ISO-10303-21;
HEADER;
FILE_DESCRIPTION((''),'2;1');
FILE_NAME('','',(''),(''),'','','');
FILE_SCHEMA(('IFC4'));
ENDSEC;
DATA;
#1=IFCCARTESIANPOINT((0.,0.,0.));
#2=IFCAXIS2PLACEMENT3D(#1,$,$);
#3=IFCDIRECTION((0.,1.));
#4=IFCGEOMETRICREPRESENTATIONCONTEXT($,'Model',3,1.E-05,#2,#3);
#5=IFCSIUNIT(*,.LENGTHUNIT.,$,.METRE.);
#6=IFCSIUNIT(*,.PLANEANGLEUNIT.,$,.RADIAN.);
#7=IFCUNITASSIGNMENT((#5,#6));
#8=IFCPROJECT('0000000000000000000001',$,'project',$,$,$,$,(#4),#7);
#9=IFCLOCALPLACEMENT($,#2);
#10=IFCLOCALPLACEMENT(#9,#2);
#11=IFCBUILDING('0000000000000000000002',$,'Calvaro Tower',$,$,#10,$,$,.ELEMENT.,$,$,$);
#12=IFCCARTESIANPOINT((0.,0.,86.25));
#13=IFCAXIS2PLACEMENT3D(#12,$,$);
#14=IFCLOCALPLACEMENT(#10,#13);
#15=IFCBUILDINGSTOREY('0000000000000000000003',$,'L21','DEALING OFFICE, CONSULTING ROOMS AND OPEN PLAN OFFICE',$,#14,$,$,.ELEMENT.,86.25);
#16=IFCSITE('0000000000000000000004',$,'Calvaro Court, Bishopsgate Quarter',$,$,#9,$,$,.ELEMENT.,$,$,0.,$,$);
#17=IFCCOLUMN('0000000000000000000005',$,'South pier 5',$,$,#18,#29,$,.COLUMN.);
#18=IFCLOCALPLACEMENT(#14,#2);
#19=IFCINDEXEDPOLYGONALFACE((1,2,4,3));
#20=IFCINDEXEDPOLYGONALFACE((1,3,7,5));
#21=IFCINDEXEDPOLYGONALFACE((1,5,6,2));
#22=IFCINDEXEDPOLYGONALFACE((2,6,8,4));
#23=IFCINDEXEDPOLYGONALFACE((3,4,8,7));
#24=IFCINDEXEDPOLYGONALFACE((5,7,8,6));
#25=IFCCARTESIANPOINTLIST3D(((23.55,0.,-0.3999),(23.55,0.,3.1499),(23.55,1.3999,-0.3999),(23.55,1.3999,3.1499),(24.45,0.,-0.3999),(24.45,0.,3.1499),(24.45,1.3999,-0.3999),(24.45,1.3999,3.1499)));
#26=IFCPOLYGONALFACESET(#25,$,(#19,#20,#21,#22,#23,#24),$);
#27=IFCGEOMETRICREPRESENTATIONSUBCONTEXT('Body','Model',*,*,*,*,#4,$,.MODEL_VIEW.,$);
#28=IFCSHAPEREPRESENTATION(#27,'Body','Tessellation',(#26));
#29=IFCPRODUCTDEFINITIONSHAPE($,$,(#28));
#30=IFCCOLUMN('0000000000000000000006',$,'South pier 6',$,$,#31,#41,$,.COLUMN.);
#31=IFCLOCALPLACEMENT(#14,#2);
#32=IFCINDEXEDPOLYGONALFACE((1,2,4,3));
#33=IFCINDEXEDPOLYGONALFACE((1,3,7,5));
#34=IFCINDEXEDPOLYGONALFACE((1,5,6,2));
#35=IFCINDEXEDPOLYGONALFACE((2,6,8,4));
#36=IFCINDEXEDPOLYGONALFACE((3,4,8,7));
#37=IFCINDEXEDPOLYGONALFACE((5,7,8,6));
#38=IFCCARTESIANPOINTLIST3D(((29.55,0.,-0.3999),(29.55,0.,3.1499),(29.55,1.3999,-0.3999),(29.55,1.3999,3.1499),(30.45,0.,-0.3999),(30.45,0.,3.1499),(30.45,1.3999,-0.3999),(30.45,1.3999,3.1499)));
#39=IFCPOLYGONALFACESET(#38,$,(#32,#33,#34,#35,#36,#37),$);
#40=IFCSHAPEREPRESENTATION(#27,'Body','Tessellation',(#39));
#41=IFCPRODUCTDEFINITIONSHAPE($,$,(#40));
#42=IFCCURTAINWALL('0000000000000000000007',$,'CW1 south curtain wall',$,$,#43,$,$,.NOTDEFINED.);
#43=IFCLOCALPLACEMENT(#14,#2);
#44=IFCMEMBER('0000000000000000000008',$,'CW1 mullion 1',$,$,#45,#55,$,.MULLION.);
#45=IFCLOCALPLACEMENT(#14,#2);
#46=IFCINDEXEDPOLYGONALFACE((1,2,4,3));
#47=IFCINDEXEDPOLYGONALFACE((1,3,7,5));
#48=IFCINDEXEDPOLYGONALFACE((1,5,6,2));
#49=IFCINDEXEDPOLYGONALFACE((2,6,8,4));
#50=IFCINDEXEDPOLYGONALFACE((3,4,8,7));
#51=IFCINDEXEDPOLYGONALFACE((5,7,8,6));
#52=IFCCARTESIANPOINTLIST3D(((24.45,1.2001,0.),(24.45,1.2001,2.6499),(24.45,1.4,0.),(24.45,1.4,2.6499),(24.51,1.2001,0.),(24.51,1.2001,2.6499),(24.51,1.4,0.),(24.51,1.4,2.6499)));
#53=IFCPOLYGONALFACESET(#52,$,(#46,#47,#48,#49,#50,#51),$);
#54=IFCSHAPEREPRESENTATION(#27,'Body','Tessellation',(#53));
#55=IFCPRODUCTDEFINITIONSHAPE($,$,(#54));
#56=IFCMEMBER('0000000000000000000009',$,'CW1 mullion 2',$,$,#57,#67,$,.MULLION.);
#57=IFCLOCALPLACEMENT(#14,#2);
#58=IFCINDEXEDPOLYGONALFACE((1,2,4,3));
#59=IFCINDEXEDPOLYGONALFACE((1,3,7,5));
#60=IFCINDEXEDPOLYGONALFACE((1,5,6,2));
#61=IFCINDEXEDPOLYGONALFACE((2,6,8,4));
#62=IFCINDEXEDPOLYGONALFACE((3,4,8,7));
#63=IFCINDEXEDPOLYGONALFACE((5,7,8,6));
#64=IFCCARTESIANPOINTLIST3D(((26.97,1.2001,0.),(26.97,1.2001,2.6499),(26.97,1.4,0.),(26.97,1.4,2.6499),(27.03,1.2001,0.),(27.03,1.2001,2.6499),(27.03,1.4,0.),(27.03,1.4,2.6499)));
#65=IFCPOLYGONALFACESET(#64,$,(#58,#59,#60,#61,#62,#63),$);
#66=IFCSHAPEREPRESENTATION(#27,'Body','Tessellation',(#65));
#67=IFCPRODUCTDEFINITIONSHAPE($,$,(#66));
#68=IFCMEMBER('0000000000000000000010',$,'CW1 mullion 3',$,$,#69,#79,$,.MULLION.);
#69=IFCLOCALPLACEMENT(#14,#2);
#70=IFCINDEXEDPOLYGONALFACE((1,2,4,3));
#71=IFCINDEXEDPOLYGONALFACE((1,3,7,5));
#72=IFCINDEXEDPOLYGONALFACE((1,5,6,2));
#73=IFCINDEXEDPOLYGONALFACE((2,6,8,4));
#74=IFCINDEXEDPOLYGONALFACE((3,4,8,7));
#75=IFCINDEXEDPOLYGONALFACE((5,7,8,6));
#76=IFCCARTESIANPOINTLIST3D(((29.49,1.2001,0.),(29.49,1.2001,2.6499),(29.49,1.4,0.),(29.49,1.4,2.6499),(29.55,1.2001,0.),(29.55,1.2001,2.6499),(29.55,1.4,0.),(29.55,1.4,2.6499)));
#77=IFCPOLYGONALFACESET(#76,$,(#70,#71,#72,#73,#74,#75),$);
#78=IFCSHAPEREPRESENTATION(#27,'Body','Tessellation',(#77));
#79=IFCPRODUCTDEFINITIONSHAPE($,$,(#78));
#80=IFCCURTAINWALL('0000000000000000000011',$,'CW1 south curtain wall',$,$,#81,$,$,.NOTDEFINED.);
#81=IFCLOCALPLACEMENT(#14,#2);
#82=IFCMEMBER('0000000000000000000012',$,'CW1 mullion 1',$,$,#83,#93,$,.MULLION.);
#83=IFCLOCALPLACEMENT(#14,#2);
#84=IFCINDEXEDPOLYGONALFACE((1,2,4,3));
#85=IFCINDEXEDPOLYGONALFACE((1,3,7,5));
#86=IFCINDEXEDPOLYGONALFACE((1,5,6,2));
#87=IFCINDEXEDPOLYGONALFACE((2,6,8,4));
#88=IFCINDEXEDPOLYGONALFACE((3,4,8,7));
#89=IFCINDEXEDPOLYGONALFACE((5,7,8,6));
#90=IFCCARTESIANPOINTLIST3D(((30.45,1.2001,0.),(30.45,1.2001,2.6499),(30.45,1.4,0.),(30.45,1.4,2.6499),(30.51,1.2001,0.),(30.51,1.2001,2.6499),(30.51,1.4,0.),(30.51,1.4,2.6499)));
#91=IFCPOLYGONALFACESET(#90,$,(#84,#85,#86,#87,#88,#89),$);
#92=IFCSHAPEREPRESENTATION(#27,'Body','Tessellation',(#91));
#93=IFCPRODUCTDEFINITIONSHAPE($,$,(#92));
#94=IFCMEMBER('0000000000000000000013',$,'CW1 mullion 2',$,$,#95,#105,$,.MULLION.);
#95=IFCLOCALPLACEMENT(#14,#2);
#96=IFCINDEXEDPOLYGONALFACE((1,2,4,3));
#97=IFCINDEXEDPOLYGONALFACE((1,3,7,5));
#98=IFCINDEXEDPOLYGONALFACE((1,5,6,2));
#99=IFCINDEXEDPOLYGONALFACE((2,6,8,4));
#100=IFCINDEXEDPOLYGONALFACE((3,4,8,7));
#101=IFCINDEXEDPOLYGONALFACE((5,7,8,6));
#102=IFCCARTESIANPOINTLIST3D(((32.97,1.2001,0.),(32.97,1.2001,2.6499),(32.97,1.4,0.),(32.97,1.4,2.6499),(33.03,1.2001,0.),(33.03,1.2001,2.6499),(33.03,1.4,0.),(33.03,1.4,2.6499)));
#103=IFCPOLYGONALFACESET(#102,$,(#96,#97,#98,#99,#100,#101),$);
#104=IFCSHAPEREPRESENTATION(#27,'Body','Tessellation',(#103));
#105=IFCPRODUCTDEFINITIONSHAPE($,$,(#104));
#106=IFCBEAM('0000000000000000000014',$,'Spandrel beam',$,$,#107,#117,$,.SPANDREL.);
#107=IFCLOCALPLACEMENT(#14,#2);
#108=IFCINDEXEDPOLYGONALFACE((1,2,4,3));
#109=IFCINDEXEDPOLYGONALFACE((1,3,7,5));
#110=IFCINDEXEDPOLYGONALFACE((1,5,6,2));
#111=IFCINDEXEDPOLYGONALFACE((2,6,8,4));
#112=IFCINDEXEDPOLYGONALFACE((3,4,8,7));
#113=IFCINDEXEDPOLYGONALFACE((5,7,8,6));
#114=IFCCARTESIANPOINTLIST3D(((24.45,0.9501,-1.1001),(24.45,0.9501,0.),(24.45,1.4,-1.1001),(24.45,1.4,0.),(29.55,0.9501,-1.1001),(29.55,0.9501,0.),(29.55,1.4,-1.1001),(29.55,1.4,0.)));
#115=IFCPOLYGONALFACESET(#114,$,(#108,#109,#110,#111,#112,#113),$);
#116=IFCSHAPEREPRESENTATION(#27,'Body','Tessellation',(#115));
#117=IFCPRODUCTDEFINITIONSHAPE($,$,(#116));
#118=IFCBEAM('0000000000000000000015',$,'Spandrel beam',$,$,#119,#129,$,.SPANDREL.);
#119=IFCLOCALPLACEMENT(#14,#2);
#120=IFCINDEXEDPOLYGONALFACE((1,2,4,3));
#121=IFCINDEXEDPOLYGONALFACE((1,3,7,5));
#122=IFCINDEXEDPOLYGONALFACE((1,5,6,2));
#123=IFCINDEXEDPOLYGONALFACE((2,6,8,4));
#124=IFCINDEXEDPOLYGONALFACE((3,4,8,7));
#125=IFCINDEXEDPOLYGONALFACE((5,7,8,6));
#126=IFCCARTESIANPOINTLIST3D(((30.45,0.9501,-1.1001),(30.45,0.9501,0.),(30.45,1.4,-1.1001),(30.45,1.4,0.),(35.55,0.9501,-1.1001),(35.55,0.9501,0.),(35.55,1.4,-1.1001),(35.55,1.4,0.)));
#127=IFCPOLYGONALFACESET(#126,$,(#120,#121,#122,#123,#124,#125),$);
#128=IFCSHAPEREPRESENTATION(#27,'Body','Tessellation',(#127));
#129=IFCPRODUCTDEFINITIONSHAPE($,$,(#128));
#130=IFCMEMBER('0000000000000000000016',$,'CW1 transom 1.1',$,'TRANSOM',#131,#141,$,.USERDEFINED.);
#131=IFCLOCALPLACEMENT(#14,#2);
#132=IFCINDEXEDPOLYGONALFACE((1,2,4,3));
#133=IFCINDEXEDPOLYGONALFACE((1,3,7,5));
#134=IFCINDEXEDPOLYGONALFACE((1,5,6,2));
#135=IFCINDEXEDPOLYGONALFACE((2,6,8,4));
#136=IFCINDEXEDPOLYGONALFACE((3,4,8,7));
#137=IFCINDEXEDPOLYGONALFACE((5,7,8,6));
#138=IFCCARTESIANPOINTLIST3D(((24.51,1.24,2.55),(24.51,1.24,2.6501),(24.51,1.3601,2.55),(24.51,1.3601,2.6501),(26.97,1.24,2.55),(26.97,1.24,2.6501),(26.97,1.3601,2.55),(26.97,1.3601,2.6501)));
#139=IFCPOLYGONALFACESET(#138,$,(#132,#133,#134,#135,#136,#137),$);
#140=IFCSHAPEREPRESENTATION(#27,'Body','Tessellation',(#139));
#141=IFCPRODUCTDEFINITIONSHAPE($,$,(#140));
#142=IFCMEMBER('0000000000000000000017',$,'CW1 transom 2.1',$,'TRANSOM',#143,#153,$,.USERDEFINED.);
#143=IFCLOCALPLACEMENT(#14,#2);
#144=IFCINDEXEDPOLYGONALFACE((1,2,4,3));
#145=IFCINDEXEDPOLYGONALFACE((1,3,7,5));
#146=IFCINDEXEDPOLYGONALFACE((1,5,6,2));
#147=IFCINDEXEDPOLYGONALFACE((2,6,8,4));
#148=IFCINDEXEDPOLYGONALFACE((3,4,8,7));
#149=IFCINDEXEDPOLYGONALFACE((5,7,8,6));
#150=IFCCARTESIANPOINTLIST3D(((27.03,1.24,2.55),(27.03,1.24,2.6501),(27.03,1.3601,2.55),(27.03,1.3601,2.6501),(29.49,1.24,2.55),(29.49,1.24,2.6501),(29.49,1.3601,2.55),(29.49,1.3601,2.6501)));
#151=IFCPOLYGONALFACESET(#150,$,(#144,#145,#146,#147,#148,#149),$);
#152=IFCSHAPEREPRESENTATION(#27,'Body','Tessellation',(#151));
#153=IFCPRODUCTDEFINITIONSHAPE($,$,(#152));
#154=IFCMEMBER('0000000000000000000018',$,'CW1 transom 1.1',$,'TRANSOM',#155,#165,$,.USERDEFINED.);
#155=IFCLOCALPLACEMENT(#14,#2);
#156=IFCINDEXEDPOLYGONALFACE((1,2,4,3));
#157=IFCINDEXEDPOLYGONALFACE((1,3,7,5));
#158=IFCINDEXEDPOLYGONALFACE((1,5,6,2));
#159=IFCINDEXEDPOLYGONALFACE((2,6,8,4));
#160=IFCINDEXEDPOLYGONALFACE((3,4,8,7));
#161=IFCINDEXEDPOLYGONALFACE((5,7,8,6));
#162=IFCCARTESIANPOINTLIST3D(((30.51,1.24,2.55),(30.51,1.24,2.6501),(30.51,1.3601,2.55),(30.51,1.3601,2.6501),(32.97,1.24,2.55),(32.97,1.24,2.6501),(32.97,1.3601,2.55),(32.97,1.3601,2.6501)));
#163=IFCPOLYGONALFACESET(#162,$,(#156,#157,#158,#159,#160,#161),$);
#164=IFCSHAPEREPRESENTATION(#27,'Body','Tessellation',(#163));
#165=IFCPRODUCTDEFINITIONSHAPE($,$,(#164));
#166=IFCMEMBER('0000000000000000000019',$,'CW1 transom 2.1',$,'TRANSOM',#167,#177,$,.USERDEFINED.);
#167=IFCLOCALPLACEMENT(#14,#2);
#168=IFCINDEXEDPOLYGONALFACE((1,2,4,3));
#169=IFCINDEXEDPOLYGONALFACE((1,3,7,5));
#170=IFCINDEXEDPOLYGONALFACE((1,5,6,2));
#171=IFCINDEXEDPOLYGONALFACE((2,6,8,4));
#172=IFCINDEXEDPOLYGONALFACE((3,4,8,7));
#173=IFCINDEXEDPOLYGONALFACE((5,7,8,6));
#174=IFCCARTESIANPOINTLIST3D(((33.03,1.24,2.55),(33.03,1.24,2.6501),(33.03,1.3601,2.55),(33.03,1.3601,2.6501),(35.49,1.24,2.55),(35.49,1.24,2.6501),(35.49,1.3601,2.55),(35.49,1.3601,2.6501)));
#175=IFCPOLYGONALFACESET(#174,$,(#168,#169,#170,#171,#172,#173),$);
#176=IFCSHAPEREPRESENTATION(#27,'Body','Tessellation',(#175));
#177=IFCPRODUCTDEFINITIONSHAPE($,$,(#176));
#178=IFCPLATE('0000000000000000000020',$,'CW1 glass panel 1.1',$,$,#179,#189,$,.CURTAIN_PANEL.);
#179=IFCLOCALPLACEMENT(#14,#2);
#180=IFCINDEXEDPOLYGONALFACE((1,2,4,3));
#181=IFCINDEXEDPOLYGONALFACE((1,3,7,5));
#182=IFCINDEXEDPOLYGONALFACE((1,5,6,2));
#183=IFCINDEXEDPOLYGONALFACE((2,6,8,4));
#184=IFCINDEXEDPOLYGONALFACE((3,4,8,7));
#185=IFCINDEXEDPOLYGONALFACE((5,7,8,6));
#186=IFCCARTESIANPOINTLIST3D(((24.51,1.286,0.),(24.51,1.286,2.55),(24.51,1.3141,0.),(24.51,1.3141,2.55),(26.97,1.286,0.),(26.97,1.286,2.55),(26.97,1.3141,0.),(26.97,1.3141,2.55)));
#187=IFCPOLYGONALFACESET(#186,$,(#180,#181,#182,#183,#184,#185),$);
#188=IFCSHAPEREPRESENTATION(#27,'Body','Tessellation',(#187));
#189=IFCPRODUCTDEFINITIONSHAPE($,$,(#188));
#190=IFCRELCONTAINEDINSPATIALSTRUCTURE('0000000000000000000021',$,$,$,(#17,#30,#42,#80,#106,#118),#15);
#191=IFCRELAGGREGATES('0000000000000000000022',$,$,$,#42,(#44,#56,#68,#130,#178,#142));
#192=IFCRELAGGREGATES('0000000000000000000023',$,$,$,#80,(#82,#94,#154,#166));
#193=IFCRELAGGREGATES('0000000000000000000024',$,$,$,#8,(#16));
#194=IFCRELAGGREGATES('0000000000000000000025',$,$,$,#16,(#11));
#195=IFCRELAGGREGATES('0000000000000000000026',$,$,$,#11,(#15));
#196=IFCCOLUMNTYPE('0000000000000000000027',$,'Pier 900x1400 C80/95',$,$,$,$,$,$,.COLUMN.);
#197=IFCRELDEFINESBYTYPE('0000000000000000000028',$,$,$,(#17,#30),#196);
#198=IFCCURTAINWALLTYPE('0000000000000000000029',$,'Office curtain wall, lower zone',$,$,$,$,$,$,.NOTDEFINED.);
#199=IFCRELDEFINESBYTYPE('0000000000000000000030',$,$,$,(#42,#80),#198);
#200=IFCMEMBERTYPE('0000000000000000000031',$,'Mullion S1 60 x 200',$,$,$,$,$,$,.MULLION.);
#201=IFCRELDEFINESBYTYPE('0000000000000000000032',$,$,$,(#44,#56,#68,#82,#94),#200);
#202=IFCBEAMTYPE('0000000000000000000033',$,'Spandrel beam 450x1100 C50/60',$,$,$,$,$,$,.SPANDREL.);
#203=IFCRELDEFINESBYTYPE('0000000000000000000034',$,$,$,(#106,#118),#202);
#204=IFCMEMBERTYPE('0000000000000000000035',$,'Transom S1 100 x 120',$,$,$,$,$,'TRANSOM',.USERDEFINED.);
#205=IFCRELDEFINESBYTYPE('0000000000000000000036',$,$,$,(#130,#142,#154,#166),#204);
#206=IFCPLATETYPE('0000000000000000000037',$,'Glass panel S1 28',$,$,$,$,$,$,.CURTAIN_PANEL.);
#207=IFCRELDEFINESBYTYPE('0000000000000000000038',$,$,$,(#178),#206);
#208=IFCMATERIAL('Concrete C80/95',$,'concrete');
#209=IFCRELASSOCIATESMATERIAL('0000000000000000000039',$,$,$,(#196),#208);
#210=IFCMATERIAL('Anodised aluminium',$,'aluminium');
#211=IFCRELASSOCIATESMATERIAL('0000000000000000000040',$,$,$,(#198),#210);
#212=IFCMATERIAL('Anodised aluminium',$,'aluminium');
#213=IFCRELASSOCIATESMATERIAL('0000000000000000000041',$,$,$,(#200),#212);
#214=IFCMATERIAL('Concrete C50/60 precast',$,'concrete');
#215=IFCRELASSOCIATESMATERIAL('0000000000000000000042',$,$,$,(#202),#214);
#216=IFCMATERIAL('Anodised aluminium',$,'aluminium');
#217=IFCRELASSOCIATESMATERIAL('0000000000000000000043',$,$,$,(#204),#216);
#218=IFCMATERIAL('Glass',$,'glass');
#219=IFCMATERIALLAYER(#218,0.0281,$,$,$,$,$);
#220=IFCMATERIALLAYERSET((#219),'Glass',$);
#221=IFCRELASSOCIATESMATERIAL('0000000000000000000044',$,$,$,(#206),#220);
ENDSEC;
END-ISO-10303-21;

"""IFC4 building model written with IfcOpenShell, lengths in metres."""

from ifc_helpers import new_model, si_unit, direction, frame, origin, origin_2d, place, context, subcontext, project, spatial, rectangle, extrude, material, layer, layer_set, material_profile, profile_set, type_object, element, aggregate, save


model = new_model("IFC4")

# Units and contexts
model_context = context("Model", 3, precision=1e-05, world=origin(), true_north=direction((0.0, 1.0)))
body_context = subcontext(model_context, "Body", "Model", "MODEL_VIEW")
ifc_project = project(units=[si_unit("LENGTHUNIT", "METRE"), si_unit("PLANEANGLEUNIT", "RADIAN")], contexts=[model_context])

# Site, building, storey
site_placement = place(None, origin())
site = spatial("IfcSite", under=ifc_project, at=site_placement, Name="Calvaro Court, Bishopsgate Quarter", CompositionType="ELEMENT", RefElevation=0.0)
building_placement = place(site_placement, origin())
building = spatial("IfcBuilding", under=site, at=building_placement, Name="Calvaro Tower", CompositionType="ELEMENT")
storey_placement = place(building_placement, frame((0.0, 0.0, 86.25)))
storey = spatial("IfcBuildingStorey", under=building, at=storey_placement, Name="L21", Description="DEALING OFFICE, CONSULTING ROOMS AND OPEN PLAN OFFICE", CompositionType="ELEMENT", Elevation=86.25)

# Columns
ifc_material_1 = material(Name="Concrete C80/95", Category="concrete")
ifc_material_profile_1 = material_profile(ifc_material_1, rectangle(XDim=0.8999, YDim=1.3999, at=origin_2d()), Name="RC 900x1400")
ifc_profile_set_1 = profile_set([ifc_material_profile_1], Name="Concrete C80/95")
column_type = type_object("IfcColumnType", Name="Pier 900x1400 C80/95", PredefinedType="COLUMN", material=ifc_profile_set_1)
for number, where, z_axis, x_axis, name in (
    (1, (24.0, 0.7, -0.3999), (0.0, 0.0, 1.0), (1.0, 0.0, 0.0), "South pier 5"),
    (2, (30.0, 0.7, -0.3999), (0.0, 0.0, 1.0), (1.0, 0.0, 0.0), "South pier 6"),
):
    element("IfcColumn", number, at=place(storey_placement, frame(where, z_axis=z_axis, x_axis=x_axis)), inside=storey, type_object=column_type, Name=name, PredefinedType="COLUMN", context=body_context, shape_type="SweptSolid", body=[
        extrude(rectangle(XDim=0.8999, YDim=1.3999, at=origin_2d()), origin(), (0.0, 0.0, 1.0), 3.5498),
    ])

# Curtain walls, members
ifc_material_2 = material(Name="Anodised aluminium", Category="aluminium")
curtain_wall_type = type_object("IfcCurtainWallType", Name="Office curtain wall, lower zone", PredefinedType="NOTDEFINED", material=ifc_material_2)
curtain_wall_1_placement = place(storey_placement, origin())
curtain_wall_1 = element("IfcCurtainWall", 3, at=curtain_wall_1_placement, inside=storey, type_object=curtain_wall_type, Name="CW1 south curtain wall", PredefinedType="NOTDEFINED")
ifc_material_3 = material(Name="Anodised aluminium", Category="aluminium")
ifc_material_profile_2 = material_profile(ifc_material_3, rectangle(XDim=0.2, YDim=0.0601, at=origin_2d()), Name="Mullion S1 60 x 200")
ifc_profile_set_2 = profile_set([ifc_material_profile_2], Name="Anodised aluminium")
member_type_1 = type_object("IfcMemberType", Name="Mullion S1 60 x 200", PredefinedType="MULLION", material=ifc_profile_set_2)
member_1_placement = place(storey_placement, frame((24.48, 1.3, 0.0), z_axis=(0.0, 0.0, 1.0), x_axis=(0.0, 1.0, 0.0)))
member_1 = element("IfcMember", 4, at=member_1_placement, type_object=member_type_1, Name="CW1 mullion 1", PredefinedType="MULLION", context=body_context, shape_type="SweptSolid", body=[
    extrude(rectangle(XDim=0.2, YDim=0.0601, at=origin_2d()), origin(), (0.0, 0.0, 1.0), 2.6499),
])
member_2_placement = place(storey_placement, frame((27.0, 1.3, 0.0), z_axis=(0.0, 0.0, 1.0), x_axis=(0.0, 1.0, 0.0)))
member_2 = element("IfcMember", 5, at=member_2_placement, type_object=member_type_1, Name="CW1 mullion 2", PredefinedType="MULLION", context=body_context, shape_type="SweptSolid", body=[
    extrude(rectangle(XDim=0.2, YDim=0.0601, at=origin_2d()), origin(), (0.0, 0.0, 1.0), 2.6499),
])
member_3_placement = place(storey_placement, frame((29.52, 1.3, 0.0), z_axis=(0.0, 0.0, 1.0), x_axis=(0.0, 1.0, 0.0)))
member_3 = element("IfcMember", 6, at=member_3_placement, type_object=member_type_1, Name="CW1 mullion 3", PredefinedType="MULLION", context=body_context, shape_type="SweptSolid", body=[
    extrude(rectangle(XDim=0.2, YDim=0.0601, at=origin_2d()), origin(), (0.0, 0.0, 1.0), 2.6499),
])
curtain_wall_2_placement = place(storey_placement, origin())
curtain_wall_2 = element("IfcCurtainWall", 7, at=curtain_wall_2_placement, inside=storey, type_object=curtain_wall_type, Name="CW1 south curtain wall", PredefinedType="NOTDEFINED")
member_4_placement = place(storey_placement, frame((30.48, 1.3, 0.0), z_axis=(0.0, 0.0, 1.0), x_axis=(0.0, 1.0, 0.0)))
member_4 = element("IfcMember", 8, at=member_4_placement, type_object=member_type_1, Name="CW1 mullion 1", PredefinedType="MULLION", context=body_context, shape_type="SweptSolid", body=[
    extrude(rectangle(XDim=0.2, YDim=0.0601, at=origin_2d()), origin(), (0.0, 0.0, 1.0), 2.6499),
])
member_5_placement = place(storey_placement, frame((33.0, 1.3, 0.0), z_axis=(0.0, 0.0, 1.0), x_axis=(0.0, 1.0, 0.0)))
member_5 = element("IfcMember", 9, at=member_5_placement, type_object=member_type_1, Name="CW1 mullion 2", PredefinedType="MULLION", context=body_context, shape_type="SweptSolid", body=[
    extrude(rectangle(XDim=0.2, YDim=0.0601, at=origin_2d()), origin(), (0.0, 0.0, 1.0), 2.6499),
])

# Beams
ifc_material_4 = material(Name="Concrete C50/60 precast", Category="concrete")
ifc_material_profile_3 = material_profile(ifc_material_4, rectangle(XDim=0.45, YDim=1.1001, at=origin_2d()), Name="RC 450x1100")
ifc_profile_set_3 = profile_set([ifc_material_profile_3], Name="Concrete C50/60 precast")
beam_type = type_object("IfcBeamType", Name="Spandrel beam 450x1100 C50/60", PredefinedType="SPANDREL", material=ifc_profile_set_3)
for number, where, z_axis, x_axis, name in (
    (10, (24.45, 1.175, -0.55), (1.0, 0.0, 0.0), (0.0, 1.0, 0.0), "Spandrel beam"),
    (11, (30.45, 1.175, -0.55), (1.0, 0.0, 0.0), (0.0, 1.0, 0.0), "Spandrel beam"),
):
    element("IfcBeam", number, at=place(storey_placement, frame(where, z_axis=z_axis, x_axis=x_axis)), inside=storey, type_object=beam_type, Name=name, PredefinedType="SPANDREL", context=body_context, shape_type="SweptSolid", body=[
        extrude(rectangle(XDim=0.45, YDim=1.1001, at=origin_2d()), origin(), (0.0, 0.0, 1.0), 5.1001),
    ])

# Members
ifc_material_5 = material(Name="Anodised aluminium", Category="aluminium")
ifc_material_profile_4 = material_profile(ifc_material_5, rectangle(XDim=0.1201, YDim=0.1001, at=origin_2d()), Name="Transom S1 100 x 120")
ifc_profile_set_4 = profile_set([ifc_material_profile_4], Name="Anodised aluminium")
member_type_2 = type_object("IfcMemberType", Name="Transom S1 100 x 120", ElementType="TRANSOM", PredefinedType="USERDEFINED", material=ifc_profile_set_4)
member_6_placement = place(storey_placement, frame((24.51, 1.3, 2.6001), z_axis=(1.0, 0.0, 0.0), x_axis=(0.0, 1.0, 0.0)))
member_6 = element("IfcMember", 12, at=member_6_placement, type_object=member_type_2, Name="CW1 transom 1.1", ObjectType="TRANSOM", PredefinedType="USERDEFINED", context=body_context, shape_type="SweptSolid", body=[
    extrude(rectangle(XDim=0.1201, YDim=0.1001, at=origin_2d()), origin(), (0.0, 0.0, 1.0), 2.46),
])
member_7_placement = place(storey_placement, frame((27.03, 1.3, 2.6001), z_axis=(1.0, 0.0, 0.0), x_axis=(0.0, 1.0, 0.0)))
member_7 = element("IfcMember", 13, at=member_7_placement, type_object=member_type_2, Name="CW1 transom 2.1", ObjectType="TRANSOM", PredefinedType="USERDEFINED", context=body_context, shape_type="SweptSolid", body=[
    extrude(rectangle(XDim=0.1201, YDim=0.1001, at=origin_2d()), origin(), (0.0, 0.0, 1.0), 2.46),
])
member_8_placement = place(storey_placement, frame((30.51, 1.3, 2.6001), z_axis=(1.0, 0.0, 0.0), x_axis=(0.0, 1.0, 0.0)))
member_8 = element("IfcMember", 14, at=member_8_placement, type_object=member_type_2, Name="CW1 transom 1.1", ObjectType="TRANSOM", PredefinedType="USERDEFINED", context=body_context, shape_type="SweptSolid", body=[
    extrude(rectangle(XDim=0.1201, YDim=0.1001, at=origin_2d()), origin(), (0.0, 0.0, 1.0), 2.46),
])
member_9_placement = place(storey_placement, frame((33.03, 1.3, 2.6001), z_axis=(1.0, 0.0, 0.0), x_axis=(0.0, 1.0, 0.0)))
member_9 = element("IfcMember", 15, at=member_9_placement, type_object=member_type_2, Name="CW1 transom 2.1", ObjectType="TRANSOM", PredefinedType="USERDEFINED", context=body_context, shape_type="SweptSolid", body=[
    extrude(rectangle(XDim=0.1201, YDim=0.1001, at=origin_2d()), origin(), (0.0, 0.0, 1.0), 2.46),
])

# Plate
ifc_material_6 = material(Name="Glass", Category="glass")
ifc_layer = layer(ifc_material_6, 0.0281)
ifc_layer_set = layer_set([ifc_layer], Name="Glass")
plate_type = type_object("IfcPlateType", Name="Glass panel S1 28", PredefinedType="CURTAIN_PANEL", material=ifc_layer_set)
plate_1_placement = place(storey_placement, frame((25.74, 1.3, 0.0), z_axis=(0.0, 0.0, 1.0), x_axis=(1.0, 0.0, 0.0)))
plate_1 = element("IfcPlate", 16, at=plate_1_placement, type_object=plate_type, Name="CW1 glass panel 1.1", PredefinedType="CURTAIN_PANEL", context=body_context, shape_type="SweptSolid", body=[
    extrude(rectangle(XDim=2.46, YDim=0.0281, at=origin_2d()), origin(), (0.0, 0.0, 1.0), 2.55),
])
aggregate(curtain_wall_1, [member_1, member_2, member_3, member_6, plate_1, member_7])
aggregate(curtain_wall_2, [member_4, member_5, member_8, member_9])

save(model, "model.ifc")
